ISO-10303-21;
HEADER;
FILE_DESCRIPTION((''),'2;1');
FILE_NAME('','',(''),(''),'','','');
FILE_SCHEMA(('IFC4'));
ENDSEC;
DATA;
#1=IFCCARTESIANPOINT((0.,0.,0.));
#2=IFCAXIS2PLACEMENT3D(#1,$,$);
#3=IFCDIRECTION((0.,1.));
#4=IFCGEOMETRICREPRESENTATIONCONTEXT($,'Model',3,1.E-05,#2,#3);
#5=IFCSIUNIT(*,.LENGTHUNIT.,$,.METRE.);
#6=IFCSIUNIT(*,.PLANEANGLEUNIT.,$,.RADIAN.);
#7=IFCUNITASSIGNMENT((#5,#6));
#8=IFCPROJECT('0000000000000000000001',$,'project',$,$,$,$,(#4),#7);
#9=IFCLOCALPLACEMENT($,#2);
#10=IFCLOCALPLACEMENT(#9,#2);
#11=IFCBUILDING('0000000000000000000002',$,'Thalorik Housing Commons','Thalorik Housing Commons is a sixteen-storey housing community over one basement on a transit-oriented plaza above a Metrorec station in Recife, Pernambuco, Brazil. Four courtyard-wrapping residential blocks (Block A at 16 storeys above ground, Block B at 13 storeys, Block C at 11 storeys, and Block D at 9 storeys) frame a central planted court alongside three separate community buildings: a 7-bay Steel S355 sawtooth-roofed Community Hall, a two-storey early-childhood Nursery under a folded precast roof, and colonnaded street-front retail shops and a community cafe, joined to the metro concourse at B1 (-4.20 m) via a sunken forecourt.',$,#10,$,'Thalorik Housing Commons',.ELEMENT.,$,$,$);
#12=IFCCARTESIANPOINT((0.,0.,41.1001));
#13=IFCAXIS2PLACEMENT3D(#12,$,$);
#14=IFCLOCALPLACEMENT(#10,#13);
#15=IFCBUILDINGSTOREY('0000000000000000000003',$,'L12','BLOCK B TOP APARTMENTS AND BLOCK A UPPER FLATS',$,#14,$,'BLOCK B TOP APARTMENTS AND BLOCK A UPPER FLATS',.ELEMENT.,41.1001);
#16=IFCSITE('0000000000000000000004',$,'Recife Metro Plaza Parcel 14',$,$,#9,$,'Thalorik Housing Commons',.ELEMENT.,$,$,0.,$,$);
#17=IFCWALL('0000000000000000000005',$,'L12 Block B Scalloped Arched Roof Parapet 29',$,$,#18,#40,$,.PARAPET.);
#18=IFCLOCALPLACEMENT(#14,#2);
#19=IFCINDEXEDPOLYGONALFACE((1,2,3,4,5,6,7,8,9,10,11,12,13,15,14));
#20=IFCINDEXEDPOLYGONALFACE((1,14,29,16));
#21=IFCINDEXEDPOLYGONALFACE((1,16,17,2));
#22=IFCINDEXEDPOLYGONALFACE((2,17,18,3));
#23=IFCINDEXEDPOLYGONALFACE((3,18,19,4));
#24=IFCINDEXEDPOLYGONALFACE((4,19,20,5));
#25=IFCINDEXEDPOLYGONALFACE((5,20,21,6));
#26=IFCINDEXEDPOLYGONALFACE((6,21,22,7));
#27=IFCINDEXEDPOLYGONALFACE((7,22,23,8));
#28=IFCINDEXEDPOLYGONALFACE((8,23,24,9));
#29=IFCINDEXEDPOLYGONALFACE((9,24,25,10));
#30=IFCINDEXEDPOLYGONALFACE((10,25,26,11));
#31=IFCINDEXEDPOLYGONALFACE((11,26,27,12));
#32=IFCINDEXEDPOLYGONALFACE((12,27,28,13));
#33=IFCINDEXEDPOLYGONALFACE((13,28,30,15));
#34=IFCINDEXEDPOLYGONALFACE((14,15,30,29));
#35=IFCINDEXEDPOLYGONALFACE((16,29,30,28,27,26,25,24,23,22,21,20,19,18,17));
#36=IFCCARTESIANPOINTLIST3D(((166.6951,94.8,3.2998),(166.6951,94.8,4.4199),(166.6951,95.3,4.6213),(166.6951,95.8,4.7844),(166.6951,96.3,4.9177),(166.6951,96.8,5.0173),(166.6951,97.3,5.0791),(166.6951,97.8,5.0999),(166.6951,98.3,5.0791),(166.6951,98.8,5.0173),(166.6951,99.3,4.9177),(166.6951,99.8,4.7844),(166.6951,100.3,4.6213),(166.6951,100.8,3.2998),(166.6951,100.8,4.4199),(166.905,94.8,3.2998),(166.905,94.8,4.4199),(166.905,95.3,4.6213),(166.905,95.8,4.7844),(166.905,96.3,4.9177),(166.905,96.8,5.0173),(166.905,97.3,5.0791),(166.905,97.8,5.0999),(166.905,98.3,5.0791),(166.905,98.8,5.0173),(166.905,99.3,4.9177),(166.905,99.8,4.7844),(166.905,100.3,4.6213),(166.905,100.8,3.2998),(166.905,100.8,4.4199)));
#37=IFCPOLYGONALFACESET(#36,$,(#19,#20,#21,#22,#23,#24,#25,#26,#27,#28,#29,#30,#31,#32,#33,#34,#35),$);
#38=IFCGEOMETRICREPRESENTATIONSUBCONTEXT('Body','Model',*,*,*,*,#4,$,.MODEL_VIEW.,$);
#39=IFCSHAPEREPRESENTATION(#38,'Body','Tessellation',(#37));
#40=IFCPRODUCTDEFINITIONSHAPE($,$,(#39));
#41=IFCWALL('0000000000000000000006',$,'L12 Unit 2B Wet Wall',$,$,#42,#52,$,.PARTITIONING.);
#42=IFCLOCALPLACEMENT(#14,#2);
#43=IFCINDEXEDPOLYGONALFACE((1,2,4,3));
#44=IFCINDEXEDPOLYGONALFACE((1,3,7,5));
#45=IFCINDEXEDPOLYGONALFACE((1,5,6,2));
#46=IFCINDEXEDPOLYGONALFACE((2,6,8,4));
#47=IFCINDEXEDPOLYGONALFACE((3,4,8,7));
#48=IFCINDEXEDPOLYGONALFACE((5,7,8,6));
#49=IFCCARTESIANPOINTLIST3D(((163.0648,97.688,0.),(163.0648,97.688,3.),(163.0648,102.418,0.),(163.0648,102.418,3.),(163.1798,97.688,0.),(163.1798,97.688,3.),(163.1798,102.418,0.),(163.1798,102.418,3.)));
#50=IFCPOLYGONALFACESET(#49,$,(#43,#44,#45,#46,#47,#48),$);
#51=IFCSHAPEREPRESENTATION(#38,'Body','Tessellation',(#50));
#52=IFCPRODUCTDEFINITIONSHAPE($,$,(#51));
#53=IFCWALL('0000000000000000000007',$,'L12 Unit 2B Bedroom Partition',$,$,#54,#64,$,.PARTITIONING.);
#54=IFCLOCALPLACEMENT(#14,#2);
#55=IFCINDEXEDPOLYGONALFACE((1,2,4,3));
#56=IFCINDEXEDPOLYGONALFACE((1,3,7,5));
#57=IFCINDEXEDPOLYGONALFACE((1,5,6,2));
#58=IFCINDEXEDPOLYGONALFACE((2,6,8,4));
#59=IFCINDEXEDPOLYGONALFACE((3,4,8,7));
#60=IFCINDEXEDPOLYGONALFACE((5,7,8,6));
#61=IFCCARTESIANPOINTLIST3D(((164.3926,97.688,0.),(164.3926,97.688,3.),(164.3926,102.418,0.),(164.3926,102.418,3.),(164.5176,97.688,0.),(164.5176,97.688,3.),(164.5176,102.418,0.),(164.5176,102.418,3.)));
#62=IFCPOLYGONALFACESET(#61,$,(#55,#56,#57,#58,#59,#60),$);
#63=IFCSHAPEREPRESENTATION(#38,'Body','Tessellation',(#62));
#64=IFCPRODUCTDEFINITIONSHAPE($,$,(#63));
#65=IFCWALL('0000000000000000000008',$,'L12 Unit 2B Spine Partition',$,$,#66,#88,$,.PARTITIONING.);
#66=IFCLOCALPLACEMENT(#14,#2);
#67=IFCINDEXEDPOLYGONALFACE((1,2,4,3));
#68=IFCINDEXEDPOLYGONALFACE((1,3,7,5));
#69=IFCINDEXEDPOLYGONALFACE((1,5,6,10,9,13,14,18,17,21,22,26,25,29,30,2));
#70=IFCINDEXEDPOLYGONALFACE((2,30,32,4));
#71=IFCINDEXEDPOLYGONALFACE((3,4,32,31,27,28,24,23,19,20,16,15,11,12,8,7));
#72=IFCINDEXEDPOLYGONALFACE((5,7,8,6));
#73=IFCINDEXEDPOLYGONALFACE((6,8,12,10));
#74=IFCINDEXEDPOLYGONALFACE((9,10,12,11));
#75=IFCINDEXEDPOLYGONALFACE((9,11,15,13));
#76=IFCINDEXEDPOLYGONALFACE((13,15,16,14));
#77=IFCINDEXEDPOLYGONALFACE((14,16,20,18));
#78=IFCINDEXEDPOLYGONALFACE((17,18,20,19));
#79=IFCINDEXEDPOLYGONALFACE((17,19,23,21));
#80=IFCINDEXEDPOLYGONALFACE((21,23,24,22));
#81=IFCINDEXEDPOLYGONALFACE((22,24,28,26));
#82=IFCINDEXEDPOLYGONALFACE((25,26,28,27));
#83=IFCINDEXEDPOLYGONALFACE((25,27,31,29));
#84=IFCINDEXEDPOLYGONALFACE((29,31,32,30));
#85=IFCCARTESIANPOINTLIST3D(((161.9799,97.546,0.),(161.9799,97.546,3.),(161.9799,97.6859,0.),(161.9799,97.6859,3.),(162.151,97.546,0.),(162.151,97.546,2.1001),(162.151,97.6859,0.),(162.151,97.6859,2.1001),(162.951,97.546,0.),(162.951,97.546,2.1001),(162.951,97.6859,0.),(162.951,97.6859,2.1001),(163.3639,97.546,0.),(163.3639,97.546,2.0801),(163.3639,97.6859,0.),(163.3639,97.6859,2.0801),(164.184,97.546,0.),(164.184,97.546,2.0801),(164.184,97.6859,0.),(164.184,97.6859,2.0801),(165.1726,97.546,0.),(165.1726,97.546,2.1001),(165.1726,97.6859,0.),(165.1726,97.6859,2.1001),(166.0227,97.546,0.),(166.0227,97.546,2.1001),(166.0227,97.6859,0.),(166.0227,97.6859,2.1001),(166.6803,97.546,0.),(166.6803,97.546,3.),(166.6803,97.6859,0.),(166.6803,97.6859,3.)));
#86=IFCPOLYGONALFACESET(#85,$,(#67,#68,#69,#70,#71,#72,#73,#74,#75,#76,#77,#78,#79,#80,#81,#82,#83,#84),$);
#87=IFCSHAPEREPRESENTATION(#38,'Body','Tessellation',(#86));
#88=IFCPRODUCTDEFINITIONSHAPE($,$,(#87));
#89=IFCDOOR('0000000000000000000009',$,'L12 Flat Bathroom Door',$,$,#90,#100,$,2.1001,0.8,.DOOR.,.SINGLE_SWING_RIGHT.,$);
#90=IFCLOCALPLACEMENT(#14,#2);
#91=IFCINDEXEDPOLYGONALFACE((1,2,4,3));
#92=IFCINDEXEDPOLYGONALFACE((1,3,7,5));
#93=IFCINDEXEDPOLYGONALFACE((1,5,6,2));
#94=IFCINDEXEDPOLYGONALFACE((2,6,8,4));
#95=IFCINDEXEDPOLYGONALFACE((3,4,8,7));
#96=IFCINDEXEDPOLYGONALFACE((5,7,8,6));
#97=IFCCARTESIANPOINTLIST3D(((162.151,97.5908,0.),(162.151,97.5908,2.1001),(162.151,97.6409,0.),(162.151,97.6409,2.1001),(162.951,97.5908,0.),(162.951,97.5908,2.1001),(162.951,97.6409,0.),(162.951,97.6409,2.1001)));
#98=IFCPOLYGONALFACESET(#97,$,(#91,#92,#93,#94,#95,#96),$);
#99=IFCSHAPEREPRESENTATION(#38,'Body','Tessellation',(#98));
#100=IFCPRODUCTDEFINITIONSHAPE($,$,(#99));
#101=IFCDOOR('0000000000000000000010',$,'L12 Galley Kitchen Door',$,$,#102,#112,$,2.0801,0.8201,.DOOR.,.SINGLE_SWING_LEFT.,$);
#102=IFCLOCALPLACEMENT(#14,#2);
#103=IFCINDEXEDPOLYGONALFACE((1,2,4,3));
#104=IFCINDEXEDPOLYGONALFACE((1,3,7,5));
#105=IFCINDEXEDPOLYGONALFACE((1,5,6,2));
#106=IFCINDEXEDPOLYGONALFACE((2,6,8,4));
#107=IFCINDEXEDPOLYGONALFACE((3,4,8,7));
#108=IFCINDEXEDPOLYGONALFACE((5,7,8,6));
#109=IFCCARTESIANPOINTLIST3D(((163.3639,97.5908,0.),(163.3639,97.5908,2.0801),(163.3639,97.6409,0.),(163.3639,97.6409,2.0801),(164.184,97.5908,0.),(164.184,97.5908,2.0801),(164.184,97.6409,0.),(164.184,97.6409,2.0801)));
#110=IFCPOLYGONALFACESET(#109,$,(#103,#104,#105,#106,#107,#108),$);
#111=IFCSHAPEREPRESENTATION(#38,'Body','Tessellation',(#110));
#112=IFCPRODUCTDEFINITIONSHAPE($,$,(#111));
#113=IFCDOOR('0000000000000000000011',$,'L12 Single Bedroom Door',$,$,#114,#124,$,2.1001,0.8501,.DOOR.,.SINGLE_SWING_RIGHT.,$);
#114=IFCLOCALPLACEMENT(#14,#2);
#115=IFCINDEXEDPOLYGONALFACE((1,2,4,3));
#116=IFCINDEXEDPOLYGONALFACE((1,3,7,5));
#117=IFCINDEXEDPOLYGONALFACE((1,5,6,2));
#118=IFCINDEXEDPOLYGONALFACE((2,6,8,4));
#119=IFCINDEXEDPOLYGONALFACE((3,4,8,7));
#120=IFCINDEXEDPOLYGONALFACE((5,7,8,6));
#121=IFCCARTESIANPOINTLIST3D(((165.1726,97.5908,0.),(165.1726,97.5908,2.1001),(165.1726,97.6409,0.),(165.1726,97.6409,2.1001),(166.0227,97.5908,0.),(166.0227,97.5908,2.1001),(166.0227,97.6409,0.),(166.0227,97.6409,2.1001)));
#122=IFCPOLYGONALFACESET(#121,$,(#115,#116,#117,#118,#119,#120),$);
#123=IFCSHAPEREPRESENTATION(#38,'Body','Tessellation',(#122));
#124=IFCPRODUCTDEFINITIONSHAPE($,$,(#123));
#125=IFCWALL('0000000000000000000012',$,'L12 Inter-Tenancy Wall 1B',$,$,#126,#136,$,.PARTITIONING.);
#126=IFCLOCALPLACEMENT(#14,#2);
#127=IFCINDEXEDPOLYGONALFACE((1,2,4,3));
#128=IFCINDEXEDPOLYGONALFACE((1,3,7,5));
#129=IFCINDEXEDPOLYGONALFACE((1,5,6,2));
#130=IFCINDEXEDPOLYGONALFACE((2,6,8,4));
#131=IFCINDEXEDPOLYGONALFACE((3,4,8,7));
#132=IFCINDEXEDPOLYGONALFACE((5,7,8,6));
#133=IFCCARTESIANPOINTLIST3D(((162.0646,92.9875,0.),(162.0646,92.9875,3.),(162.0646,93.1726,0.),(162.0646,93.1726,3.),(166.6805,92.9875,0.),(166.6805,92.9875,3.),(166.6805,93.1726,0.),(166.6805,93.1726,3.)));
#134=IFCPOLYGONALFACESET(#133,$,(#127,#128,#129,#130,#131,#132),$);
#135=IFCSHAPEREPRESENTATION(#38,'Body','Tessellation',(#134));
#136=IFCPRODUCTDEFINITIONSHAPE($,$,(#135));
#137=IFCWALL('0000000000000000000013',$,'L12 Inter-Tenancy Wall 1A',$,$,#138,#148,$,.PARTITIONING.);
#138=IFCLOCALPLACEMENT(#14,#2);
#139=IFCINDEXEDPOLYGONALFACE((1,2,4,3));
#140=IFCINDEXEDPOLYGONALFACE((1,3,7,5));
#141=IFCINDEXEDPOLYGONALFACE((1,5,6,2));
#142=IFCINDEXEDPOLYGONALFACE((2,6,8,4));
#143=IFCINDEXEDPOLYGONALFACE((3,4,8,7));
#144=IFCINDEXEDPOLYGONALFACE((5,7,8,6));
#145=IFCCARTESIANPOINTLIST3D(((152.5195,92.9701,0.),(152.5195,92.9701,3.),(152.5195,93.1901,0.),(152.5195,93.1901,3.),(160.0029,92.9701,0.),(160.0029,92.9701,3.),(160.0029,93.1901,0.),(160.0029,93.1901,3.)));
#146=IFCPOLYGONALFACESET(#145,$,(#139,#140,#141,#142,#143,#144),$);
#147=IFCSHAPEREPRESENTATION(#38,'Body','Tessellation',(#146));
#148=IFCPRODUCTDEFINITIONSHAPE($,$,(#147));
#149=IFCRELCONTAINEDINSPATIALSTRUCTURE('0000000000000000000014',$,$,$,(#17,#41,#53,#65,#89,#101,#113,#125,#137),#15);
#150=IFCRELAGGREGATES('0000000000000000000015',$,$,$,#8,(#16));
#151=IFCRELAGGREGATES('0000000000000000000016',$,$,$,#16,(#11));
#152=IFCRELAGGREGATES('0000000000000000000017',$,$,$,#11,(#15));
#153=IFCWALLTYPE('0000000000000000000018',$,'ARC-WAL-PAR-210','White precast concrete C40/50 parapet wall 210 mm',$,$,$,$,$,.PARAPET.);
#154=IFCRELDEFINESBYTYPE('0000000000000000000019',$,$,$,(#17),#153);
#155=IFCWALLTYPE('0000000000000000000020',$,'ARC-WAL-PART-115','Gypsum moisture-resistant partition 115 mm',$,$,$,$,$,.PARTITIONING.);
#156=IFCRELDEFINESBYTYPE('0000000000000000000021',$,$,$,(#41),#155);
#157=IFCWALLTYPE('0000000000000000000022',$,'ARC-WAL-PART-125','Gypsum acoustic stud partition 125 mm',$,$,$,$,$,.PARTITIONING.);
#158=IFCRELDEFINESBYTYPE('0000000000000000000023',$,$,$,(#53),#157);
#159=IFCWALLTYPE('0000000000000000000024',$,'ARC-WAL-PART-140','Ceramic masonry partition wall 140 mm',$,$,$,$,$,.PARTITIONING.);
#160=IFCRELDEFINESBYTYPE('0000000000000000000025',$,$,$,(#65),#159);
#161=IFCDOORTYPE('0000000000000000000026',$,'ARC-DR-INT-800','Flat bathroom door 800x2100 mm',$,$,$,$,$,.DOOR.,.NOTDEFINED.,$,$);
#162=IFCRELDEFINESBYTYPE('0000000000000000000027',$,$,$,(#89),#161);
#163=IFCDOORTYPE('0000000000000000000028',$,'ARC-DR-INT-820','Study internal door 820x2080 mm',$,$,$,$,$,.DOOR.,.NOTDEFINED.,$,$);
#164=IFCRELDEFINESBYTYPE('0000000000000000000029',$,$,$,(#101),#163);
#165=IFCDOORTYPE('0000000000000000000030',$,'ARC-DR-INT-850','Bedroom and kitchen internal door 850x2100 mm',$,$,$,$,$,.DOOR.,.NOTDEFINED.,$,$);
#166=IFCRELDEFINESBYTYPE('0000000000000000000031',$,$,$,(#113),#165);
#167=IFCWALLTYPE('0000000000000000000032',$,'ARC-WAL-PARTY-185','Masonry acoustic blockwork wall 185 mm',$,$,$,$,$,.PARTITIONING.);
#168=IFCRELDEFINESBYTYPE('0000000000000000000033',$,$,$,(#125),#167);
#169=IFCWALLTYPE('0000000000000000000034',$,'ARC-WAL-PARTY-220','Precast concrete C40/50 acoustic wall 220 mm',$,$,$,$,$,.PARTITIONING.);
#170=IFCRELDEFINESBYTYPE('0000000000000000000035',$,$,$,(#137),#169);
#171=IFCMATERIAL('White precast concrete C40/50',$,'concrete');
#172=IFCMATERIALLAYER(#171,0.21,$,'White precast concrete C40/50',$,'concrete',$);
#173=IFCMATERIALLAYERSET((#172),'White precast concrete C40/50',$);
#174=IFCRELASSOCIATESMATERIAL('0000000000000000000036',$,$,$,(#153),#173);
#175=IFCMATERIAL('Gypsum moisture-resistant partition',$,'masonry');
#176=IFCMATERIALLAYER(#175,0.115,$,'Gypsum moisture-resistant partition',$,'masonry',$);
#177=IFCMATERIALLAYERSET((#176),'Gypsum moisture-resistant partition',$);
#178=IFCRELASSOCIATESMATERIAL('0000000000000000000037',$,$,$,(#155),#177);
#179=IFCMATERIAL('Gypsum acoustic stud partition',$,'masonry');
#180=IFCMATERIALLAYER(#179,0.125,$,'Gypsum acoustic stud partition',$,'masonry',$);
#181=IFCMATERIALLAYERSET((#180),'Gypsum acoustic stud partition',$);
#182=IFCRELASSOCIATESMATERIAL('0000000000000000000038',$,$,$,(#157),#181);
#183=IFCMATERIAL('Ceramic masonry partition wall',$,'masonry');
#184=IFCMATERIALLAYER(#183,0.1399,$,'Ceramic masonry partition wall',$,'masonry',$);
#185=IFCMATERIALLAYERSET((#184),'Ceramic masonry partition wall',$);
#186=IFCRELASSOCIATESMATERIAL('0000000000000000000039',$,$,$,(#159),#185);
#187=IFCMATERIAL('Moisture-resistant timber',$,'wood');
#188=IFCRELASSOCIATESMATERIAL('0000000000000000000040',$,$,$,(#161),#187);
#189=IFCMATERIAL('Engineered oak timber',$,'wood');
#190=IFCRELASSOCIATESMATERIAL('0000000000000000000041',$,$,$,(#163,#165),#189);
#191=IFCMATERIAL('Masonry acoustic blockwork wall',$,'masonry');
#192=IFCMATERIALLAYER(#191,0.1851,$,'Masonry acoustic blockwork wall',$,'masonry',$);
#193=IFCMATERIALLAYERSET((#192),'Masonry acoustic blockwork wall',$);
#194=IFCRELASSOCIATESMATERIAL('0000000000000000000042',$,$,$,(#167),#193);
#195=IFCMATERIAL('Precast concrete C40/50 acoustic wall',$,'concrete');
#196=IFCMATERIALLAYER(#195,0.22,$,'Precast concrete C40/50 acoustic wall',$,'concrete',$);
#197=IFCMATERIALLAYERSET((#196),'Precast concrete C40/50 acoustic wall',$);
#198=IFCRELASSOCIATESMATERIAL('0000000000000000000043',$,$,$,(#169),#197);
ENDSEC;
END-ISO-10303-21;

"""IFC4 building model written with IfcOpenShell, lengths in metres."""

from ifc_helpers import new_model, si_unit, direction, frame, frame_2d, origin, place, context, subcontext, project, spatial, polyline, rectangle, outline, extrude, material, layer, layer_set, type_object, element, fill, save


model = new_model("IFC4")

# Units and contexts
model_context = context("Model", 3, precision=1e-05, world=origin(), true_north=direction((0.0, 1.0)))
body_context = subcontext(model_context, "Body", "Model", "MODEL_VIEW")
ifc_project = project(units=[si_unit("LENGTHUNIT", "METRE"), si_unit("PLANEANGLEUNIT", "RADIAN")], contexts=[model_context])

# Site, building, storey
site_placement = place(None, origin())
site = spatial("IfcSite", under=ifc_project, at=site_placement, Name="Recife Metro Plaza Parcel 14", LongName="Thalorik Housing Commons", CompositionType="ELEMENT", RefElevation=0.0)
building_placement = place(site_placement, origin())
building = spatial("IfcBuilding", under=site, at=building_placement, Name="Thalorik Housing Commons", Description="Thalorik Housing Commons is a sixteen-storey housing community over one basement on a transit-oriented plaza above a Metrorec station in Recife, Pernambuco, Brazil. Four courtyard-wrapping residential blocks (Block A at 16 storeys above ground, Block B at 13 storeys, Block C at 11 storeys, and Block D at 9 storeys) frame a central planted court alongside three separate community buildings: a 7-bay Steel S355 sawtooth-roofed Community Hall, a two-storey early-childhood Nursery under a folded precast roof, and colonnaded street-front retail shops and a community cafe, joined to the metro concourse at B1 (-4.20 m) via a sunken forecourt.", LongName="Thalorik Housing Commons", CompositionType="ELEMENT")
storey_placement = place(building_placement, frame((0.0, 0.0, 41.1001)))
storey = spatial("IfcBuildingStorey", under=building, at=storey_placement, Name="L12", Description="BLOCK B TOP APARTMENTS AND BLOCK A UPPER FLATS", LongName="BLOCK B TOP APARTMENTS AND BLOCK A UPPER FLATS", CompositionType="ELEMENT", Elevation=41.1001)

# Shared definitions
ifc_material_1 = material(Name="White precast concrete C40/50", Category="concrete")

# Walls
ifc_layer_1 = layer(ifc_material_1, 0.21, Name="White precast concrete C40/50", Category="concrete")
ifc_layer_set_1 = layer_set([ifc_layer_1], Name="White precast concrete C40/50")
wall_type_1 = type_object("IfcWallType", Name="ARC-WAL-PAR-210", Description="White precast concrete C40/50 parapet wall 210 mm", PredefinedType="PARAPET", material=ifc_layer_set_1)
wall_1_placement = place(storey_placement, frame((166.8, 94.8, 3.2998), z_axis=(0.0, 0.0, 1.0), x_axis=(0.0, 1.0, 0.0)))
element("IfcWall", 1, at=wall_1_placement, inside=storey, type_object=wall_type_1, Name="L12 Block B Scalloped Arched Roof Parapet 29", PredefinedType="PARAPET", context=body_context, shape_type="SweptSolid", body=[
    extrude(outline(polyline([(0.0, 0.0), (6.0, 0.0), (6.0, 1.1201), (5.5, 1.3215), (5.0, 1.4846), (4.5, 1.6179), (4.0, 1.7175), (3.5, 1.7793), (3.0, 1.8), (2.5, 1.7793), (2.0, 1.7175), (1.5, 1.6179), (1.0, 1.4846), (0.5, 1.3215), (0.0, 1.1201), (0.0, 0.0)])), frame((0.0, 0.105, 0.0), z_axis=(0.0, -1.0, 0.0), x_axis=(1.0, 0.0, 0.0)), (0.0, 0.0, 1.0), 0.21),
])
ifc_material_2 = material(Name="Gypsum moisture-resistant partition", Category="masonry")
ifc_layer_2 = layer(ifc_material_2, 0.115, Name="Gypsum moisture-resistant partition", Category="masonry")
ifc_layer_set_2 = layer_set([ifc_layer_2], Name="Gypsum moisture-resistant partition")
wall_type_2 = type_object("IfcWallType", Name="ARC-WAL-PART-115", Description="Gypsum moisture-resistant partition 115 mm", PredefinedType="PARTITIONING", material=ifc_layer_set_2)
wall_2_placement = place(storey_placement, frame((163.1223, 97.688, 0.0), z_axis=(0.0, 0.0, 1.0), x_axis=(0.0, 1.0, 0.0)))
element("IfcWall", 2, at=wall_2_placement, inside=storey, type_object=wall_type_2, Name="L12 Unit 2B Wet Wall", PredefinedType="PARTITIONING", context=body_context, shape_type="SweptSolid", body=[
    extrude(rectangle(XDim=4.73, YDim=0.115, at=frame_2d((2.365, 0.0))), origin(), (0.0, 0.0, 1.0), 3.0),
])
ifc_material_3 = material(Name="Gypsum acoustic stud partition", Category="masonry")
ifc_layer_3 = layer(ifc_material_3, 0.125, Name="Gypsum acoustic stud partition", Category="masonry")
ifc_layer_set_3 = layer_set([ifc_layer_3], Name="Gypsum acoustic stud partition")
wall_type_3 = type_object("IfcWallType", Name="ARC-WAL-PART-125", Description="Gypsum acoustic stud partition 125 mm", PredefinedType="PARTITIONING", material=ifc_layer_set_3)
wall_3_placement = place(storey_placement, frame((164.4551, 97.688, 0.0), z_axis=(0.0, 0.0, 1.0), x_axis=(0.0, 1.0, 0.0)))
element("IfcWall", 3, at=wall_3_placement, inside=storey, type_object=wall_type_3, Name="L12 Unit 2B Bedroom Partition", PredefinedType="PARTITIONING", context=body_context, shape_type="SweptSolid", body=[
    extrude(rectangle(XDim=4.73, YDim=0.125, at=frame_2d((2.365, 0.0))), origin(), (0.0, 0.0, 1.0), 3.0),
])

# Wall, openings, doors
ifc_material_4 = material(Name="Ceramic masonry partition wall", Category="masonry")
ifc_layer_4 = layer(ifc_material_4, 0.1399, Name="Ceramic masonry partition wall", Category="masonry")
ifc_layer_set_4 = layer_set([ifc_layer_4], Name="Ceramic masonry partition wall")
wall_type_4 = type_object("IfcWallType", Name="ARC-WAL-PART-140", Description="Ceramic masonry partition wall 140 mm", PredefinedType="PARTITIONING", material=ifc_layer_set_4)
wall_4_placement = place(storey_placement, frame((161.98, 97.616, 0.0), z_axis=(0.0, 0.0, 1.0), x_axis=(1.0, 0.0, 0.0)))
wall_4 = element("IfcWall", 4, at=wall_4_placement, inside=storey, type_object=wall_type_4, Name="L12 Unit 2B Spine Partition", PredefinedType="PARTITIONING", context=body_context, shape_type="SweptSolid", body=[
    extrude(rectangle(XDim=4.7004, YDim=0.1399, at=frame_2d((2.3501, 0.0))), origin(), (0.0, 0.0, 1.0), 3.0),
])
opening_1_placement = place(wall_4_placement, frame((0.1711, 0.0, 0.0)))
opening_1 = element("IfcOpeningElement", 5, at=opening_1_placement, cuts=wall_4, PredefinedType="OPENING", context=body_context, shape_type="SweptSolid", body=[
    extrude(rectangle(XDim=0.8, YDim=2.1001, at=frame_2d((0.3999, 1.05))), frame((0.0, 0.0801, 0.0), z_axis=(0.0, -1.0, 0.0), x_axis=(1.0, 0.0, 0.0)), (0.0, 0.0, 1.0), 0.1599),
])
opening_2_placement = place(wall_4_placement, frame((1.3838, 0.0, 0.0)))
opening_2 = element("IfcOpeningElement", 6, at=opening_2_placement, cuts=wall_4, PredefinedType="OPENING", context=body_context, shape_type="SweptSolid", body=[
    extrude(rectangle(XDim=0.8201, YDim=2.0801, at=frame_2d((0.4102, 1.04))), frame((0.0, 0.0801, 0.0), z_axis=(0.0, -1.0, 0.0), x_axis=(1.0, 0.0, 0.0)), (0.0, 0.0, 1.0), 0.1599),
])
opening_3_placement = place(wall_4_placement, frame((3.1926, 0.0, 0.0)))
opening_3 = element("IfcOpeningElement", 7, at=opening_3_placement, cuts=wall_4, PredefinedType="OPENING", context=body_context, shape_type="SweptSolid", body=[
    extrude(rectangle(XDim=0.8501, YDim=2.1001, at=frame_2d((0.425, 1.05))), frame((0.0, 0.0801, 0.0), z_axis=(0.0, -1.0, 0.0), x_axis=(1.0, 0.0, 0.0)), (0.0, 0.0, 1.0), 0.1599),
])
ifc_material_5 = material(Name="Moisture-resistant timber", Category="wood")
door_type_1 = type_object("IfcDoorType", Name="ARC-DR-INT-800", Description="Flat bathroom door 800x2100 mm", OperationType="NOTDEFINED", PredefinedType="DOOR", material=ifc_material_5)
door_1_placement = place(opening_1_placement, origin())
door_1 = element("IfcDoor", 8, at=door_1_placement, inside=storey, type_object=door_type_1, Name="L12 Flat Bathroom Door", OperationType="SINGLE_SWING_RIGHT", OverallHeight=2.1001, OverallWidth=0.8, PredefinedType="DOOR", context=body_context, shape_type="SweptSolid", body=[
    extrude(rectangle(XDim=0.8, YDim=2.1001, at=frame_2d((0.3999, 1.05))), frame((0.0, 0.0249, 0.0), z_axis=(0.0, -1.0, 0.0), x_axis=(1.0, 0.0, 0.0)), (0.0, 0.0, 1.0), 0.05),
])
fill(opening_1, door_1)
ifc_material_6 = material(Name="Engineered oak timber", Category="wood")
door_type_2 = type_object("IfcDoorType", Name="ARC-DR-INT-820", Description="Study internal door 820x2080 mm", OperationType="NOTDEFINED", PredefinedType="DOOR", material=ifc_material_6)
door_2_placement = place(opening_2_placement, origin())
door_2 = element("IfcDoor", 9, at=door_2_placement, inside=storey, type_object=door_type_2, Name="L12 Galley Kitchen Door", OperationType="SINGLE_SWING_LEFT", OverallHeight=2.0801, OverallWidth=0.8201, PredefinedType="DOOR", context=body_context, shape_type="SweptSolid", body=[
    extrude(rectangle(XDim=0.8201, YDim=2.0801, at=frame_2d((0.4102, 1.04))), frame((0.0, 0.0249, 0.0), z_axis=(0.0, -1.0, 0.0), x_axis=(1.0, 0.0, 0.0)), (0.0, 0.0, 1.0), 0.05),
])
fill(opening_2, door_2)
door_type_3 = type_object("IfcDoorType", Name="ARC-DR-INT-850", Description="Bedroom and kitchen internal door 850x2100 mm", OperationType="NOTDEFINED", PredefinedType="DOOR", material=ifc_material_6)
door_3_placement = place(opening_3_placement, origin())
door_3 = element("IfcDoor", 10, at=door_3_placement, inside=storey, type_object=door_type_3, Name="L12 Single Bedroom Door", OperationType="SINGLE_SWING_RIGHT", OverallHeight=2.1001, OverallWidth=0.8501, PredefinedType="DOOR", context=body_context, shape_type="SweptSolid", body=[
    extrude(rectangle(XDim=0.8501, YDim=2.1001, at=frame_2d((0.425, 1.05))), frame((0.0, 0.0249, 0.0), z_axis=(0.0, -1.0, 0.0), x_axis=(1.0, 0.0, 0.0)), (0.0, 0.0, 1.0), 0.05),
])
fill(opening_3, door_3)

# Walls
ifc_material_7 = material(Name="Masonry acoustic blockwork wall", Category="masonry")
ifc_layer_5 = layer(ifc_material_7, 0.1851, Name="Masonry acoustic blockwork wall", Category="masonry")
ifc_layer_set_5 = layer_set([ifc_layer_5], Name="Masonry acoustic blockwork wall")
wall_type_5 = type_object("IfcWallType", Name="ARC-WAL-PARTY-185", Description="Masonry acoustic blockwork wall 185 mm", PredefinedType="PARTITIONING", material=ifc_layer_set_5)
wall_5_placement = place(storey_placement, frame((162.0645, 93.0801, 0.0), z_axis=(0.0, 0.0, 1.0), x_axis=(1.0, 0.0, 0.0)))
element("IfcWall", 11, at=wall_5_placement, inside=storey, type_object=wall_type_5, Name="L12 Inter-Tenancy Wall 1B", PredefinedType="PARTITIONING", context=body_context, shape_type="SweptSolid", body=[
    extrude(rectangle(XDim=4.616, YDim=0.1851, at=frame_2d((2.3081, 0.0))), origin(), (0.0, 0.0, 1.0), 3.0),
])
ifc_material_8 = material(Name="Precast concrete C40/50 acoustic wall", Category="concrete")
ifc_layer_6 = layer(ifc_material_8, 0.22, Name="Precast concrete C40/50 acoustic wall", Category="concrete")
ifc_layer_set_6 = layer_set([ifc_layer_6], Name="Precast concrete C40/50 acoustic wall")
wall_type_6 = type_object("IfcWallType", Name="ARC-WAL-PARTY-220", Description="Precast concrete C40/50 acoustic wall 220 mm", PredefinedType="PARTITIONING", material=ifc_layer_set_6)
wall_6_placement = place(storey_placement, frame((152.5195, 93.0801, 0.0), z_axis=(0.0, 0.0, 1.0), x_axis=(1.0, 0.0, 0.0)))
element("IfcWall", 12, at=wall_6_placement, inside=storey, type_object=wall_type_6, Name="L12 Inter-Tenancy Wall 1A", PredefinedType="PARTITIONING", context=body_context, shape_type="SweptSolid", body=[
    extrude(rectangle(XDim=7.4834, YDim=0.22, at=frame_2d((3.7417, 0.0))), origin(), (0.0, 0.0, 1.0), 3.0),
])

save(model, "model.ifc")
